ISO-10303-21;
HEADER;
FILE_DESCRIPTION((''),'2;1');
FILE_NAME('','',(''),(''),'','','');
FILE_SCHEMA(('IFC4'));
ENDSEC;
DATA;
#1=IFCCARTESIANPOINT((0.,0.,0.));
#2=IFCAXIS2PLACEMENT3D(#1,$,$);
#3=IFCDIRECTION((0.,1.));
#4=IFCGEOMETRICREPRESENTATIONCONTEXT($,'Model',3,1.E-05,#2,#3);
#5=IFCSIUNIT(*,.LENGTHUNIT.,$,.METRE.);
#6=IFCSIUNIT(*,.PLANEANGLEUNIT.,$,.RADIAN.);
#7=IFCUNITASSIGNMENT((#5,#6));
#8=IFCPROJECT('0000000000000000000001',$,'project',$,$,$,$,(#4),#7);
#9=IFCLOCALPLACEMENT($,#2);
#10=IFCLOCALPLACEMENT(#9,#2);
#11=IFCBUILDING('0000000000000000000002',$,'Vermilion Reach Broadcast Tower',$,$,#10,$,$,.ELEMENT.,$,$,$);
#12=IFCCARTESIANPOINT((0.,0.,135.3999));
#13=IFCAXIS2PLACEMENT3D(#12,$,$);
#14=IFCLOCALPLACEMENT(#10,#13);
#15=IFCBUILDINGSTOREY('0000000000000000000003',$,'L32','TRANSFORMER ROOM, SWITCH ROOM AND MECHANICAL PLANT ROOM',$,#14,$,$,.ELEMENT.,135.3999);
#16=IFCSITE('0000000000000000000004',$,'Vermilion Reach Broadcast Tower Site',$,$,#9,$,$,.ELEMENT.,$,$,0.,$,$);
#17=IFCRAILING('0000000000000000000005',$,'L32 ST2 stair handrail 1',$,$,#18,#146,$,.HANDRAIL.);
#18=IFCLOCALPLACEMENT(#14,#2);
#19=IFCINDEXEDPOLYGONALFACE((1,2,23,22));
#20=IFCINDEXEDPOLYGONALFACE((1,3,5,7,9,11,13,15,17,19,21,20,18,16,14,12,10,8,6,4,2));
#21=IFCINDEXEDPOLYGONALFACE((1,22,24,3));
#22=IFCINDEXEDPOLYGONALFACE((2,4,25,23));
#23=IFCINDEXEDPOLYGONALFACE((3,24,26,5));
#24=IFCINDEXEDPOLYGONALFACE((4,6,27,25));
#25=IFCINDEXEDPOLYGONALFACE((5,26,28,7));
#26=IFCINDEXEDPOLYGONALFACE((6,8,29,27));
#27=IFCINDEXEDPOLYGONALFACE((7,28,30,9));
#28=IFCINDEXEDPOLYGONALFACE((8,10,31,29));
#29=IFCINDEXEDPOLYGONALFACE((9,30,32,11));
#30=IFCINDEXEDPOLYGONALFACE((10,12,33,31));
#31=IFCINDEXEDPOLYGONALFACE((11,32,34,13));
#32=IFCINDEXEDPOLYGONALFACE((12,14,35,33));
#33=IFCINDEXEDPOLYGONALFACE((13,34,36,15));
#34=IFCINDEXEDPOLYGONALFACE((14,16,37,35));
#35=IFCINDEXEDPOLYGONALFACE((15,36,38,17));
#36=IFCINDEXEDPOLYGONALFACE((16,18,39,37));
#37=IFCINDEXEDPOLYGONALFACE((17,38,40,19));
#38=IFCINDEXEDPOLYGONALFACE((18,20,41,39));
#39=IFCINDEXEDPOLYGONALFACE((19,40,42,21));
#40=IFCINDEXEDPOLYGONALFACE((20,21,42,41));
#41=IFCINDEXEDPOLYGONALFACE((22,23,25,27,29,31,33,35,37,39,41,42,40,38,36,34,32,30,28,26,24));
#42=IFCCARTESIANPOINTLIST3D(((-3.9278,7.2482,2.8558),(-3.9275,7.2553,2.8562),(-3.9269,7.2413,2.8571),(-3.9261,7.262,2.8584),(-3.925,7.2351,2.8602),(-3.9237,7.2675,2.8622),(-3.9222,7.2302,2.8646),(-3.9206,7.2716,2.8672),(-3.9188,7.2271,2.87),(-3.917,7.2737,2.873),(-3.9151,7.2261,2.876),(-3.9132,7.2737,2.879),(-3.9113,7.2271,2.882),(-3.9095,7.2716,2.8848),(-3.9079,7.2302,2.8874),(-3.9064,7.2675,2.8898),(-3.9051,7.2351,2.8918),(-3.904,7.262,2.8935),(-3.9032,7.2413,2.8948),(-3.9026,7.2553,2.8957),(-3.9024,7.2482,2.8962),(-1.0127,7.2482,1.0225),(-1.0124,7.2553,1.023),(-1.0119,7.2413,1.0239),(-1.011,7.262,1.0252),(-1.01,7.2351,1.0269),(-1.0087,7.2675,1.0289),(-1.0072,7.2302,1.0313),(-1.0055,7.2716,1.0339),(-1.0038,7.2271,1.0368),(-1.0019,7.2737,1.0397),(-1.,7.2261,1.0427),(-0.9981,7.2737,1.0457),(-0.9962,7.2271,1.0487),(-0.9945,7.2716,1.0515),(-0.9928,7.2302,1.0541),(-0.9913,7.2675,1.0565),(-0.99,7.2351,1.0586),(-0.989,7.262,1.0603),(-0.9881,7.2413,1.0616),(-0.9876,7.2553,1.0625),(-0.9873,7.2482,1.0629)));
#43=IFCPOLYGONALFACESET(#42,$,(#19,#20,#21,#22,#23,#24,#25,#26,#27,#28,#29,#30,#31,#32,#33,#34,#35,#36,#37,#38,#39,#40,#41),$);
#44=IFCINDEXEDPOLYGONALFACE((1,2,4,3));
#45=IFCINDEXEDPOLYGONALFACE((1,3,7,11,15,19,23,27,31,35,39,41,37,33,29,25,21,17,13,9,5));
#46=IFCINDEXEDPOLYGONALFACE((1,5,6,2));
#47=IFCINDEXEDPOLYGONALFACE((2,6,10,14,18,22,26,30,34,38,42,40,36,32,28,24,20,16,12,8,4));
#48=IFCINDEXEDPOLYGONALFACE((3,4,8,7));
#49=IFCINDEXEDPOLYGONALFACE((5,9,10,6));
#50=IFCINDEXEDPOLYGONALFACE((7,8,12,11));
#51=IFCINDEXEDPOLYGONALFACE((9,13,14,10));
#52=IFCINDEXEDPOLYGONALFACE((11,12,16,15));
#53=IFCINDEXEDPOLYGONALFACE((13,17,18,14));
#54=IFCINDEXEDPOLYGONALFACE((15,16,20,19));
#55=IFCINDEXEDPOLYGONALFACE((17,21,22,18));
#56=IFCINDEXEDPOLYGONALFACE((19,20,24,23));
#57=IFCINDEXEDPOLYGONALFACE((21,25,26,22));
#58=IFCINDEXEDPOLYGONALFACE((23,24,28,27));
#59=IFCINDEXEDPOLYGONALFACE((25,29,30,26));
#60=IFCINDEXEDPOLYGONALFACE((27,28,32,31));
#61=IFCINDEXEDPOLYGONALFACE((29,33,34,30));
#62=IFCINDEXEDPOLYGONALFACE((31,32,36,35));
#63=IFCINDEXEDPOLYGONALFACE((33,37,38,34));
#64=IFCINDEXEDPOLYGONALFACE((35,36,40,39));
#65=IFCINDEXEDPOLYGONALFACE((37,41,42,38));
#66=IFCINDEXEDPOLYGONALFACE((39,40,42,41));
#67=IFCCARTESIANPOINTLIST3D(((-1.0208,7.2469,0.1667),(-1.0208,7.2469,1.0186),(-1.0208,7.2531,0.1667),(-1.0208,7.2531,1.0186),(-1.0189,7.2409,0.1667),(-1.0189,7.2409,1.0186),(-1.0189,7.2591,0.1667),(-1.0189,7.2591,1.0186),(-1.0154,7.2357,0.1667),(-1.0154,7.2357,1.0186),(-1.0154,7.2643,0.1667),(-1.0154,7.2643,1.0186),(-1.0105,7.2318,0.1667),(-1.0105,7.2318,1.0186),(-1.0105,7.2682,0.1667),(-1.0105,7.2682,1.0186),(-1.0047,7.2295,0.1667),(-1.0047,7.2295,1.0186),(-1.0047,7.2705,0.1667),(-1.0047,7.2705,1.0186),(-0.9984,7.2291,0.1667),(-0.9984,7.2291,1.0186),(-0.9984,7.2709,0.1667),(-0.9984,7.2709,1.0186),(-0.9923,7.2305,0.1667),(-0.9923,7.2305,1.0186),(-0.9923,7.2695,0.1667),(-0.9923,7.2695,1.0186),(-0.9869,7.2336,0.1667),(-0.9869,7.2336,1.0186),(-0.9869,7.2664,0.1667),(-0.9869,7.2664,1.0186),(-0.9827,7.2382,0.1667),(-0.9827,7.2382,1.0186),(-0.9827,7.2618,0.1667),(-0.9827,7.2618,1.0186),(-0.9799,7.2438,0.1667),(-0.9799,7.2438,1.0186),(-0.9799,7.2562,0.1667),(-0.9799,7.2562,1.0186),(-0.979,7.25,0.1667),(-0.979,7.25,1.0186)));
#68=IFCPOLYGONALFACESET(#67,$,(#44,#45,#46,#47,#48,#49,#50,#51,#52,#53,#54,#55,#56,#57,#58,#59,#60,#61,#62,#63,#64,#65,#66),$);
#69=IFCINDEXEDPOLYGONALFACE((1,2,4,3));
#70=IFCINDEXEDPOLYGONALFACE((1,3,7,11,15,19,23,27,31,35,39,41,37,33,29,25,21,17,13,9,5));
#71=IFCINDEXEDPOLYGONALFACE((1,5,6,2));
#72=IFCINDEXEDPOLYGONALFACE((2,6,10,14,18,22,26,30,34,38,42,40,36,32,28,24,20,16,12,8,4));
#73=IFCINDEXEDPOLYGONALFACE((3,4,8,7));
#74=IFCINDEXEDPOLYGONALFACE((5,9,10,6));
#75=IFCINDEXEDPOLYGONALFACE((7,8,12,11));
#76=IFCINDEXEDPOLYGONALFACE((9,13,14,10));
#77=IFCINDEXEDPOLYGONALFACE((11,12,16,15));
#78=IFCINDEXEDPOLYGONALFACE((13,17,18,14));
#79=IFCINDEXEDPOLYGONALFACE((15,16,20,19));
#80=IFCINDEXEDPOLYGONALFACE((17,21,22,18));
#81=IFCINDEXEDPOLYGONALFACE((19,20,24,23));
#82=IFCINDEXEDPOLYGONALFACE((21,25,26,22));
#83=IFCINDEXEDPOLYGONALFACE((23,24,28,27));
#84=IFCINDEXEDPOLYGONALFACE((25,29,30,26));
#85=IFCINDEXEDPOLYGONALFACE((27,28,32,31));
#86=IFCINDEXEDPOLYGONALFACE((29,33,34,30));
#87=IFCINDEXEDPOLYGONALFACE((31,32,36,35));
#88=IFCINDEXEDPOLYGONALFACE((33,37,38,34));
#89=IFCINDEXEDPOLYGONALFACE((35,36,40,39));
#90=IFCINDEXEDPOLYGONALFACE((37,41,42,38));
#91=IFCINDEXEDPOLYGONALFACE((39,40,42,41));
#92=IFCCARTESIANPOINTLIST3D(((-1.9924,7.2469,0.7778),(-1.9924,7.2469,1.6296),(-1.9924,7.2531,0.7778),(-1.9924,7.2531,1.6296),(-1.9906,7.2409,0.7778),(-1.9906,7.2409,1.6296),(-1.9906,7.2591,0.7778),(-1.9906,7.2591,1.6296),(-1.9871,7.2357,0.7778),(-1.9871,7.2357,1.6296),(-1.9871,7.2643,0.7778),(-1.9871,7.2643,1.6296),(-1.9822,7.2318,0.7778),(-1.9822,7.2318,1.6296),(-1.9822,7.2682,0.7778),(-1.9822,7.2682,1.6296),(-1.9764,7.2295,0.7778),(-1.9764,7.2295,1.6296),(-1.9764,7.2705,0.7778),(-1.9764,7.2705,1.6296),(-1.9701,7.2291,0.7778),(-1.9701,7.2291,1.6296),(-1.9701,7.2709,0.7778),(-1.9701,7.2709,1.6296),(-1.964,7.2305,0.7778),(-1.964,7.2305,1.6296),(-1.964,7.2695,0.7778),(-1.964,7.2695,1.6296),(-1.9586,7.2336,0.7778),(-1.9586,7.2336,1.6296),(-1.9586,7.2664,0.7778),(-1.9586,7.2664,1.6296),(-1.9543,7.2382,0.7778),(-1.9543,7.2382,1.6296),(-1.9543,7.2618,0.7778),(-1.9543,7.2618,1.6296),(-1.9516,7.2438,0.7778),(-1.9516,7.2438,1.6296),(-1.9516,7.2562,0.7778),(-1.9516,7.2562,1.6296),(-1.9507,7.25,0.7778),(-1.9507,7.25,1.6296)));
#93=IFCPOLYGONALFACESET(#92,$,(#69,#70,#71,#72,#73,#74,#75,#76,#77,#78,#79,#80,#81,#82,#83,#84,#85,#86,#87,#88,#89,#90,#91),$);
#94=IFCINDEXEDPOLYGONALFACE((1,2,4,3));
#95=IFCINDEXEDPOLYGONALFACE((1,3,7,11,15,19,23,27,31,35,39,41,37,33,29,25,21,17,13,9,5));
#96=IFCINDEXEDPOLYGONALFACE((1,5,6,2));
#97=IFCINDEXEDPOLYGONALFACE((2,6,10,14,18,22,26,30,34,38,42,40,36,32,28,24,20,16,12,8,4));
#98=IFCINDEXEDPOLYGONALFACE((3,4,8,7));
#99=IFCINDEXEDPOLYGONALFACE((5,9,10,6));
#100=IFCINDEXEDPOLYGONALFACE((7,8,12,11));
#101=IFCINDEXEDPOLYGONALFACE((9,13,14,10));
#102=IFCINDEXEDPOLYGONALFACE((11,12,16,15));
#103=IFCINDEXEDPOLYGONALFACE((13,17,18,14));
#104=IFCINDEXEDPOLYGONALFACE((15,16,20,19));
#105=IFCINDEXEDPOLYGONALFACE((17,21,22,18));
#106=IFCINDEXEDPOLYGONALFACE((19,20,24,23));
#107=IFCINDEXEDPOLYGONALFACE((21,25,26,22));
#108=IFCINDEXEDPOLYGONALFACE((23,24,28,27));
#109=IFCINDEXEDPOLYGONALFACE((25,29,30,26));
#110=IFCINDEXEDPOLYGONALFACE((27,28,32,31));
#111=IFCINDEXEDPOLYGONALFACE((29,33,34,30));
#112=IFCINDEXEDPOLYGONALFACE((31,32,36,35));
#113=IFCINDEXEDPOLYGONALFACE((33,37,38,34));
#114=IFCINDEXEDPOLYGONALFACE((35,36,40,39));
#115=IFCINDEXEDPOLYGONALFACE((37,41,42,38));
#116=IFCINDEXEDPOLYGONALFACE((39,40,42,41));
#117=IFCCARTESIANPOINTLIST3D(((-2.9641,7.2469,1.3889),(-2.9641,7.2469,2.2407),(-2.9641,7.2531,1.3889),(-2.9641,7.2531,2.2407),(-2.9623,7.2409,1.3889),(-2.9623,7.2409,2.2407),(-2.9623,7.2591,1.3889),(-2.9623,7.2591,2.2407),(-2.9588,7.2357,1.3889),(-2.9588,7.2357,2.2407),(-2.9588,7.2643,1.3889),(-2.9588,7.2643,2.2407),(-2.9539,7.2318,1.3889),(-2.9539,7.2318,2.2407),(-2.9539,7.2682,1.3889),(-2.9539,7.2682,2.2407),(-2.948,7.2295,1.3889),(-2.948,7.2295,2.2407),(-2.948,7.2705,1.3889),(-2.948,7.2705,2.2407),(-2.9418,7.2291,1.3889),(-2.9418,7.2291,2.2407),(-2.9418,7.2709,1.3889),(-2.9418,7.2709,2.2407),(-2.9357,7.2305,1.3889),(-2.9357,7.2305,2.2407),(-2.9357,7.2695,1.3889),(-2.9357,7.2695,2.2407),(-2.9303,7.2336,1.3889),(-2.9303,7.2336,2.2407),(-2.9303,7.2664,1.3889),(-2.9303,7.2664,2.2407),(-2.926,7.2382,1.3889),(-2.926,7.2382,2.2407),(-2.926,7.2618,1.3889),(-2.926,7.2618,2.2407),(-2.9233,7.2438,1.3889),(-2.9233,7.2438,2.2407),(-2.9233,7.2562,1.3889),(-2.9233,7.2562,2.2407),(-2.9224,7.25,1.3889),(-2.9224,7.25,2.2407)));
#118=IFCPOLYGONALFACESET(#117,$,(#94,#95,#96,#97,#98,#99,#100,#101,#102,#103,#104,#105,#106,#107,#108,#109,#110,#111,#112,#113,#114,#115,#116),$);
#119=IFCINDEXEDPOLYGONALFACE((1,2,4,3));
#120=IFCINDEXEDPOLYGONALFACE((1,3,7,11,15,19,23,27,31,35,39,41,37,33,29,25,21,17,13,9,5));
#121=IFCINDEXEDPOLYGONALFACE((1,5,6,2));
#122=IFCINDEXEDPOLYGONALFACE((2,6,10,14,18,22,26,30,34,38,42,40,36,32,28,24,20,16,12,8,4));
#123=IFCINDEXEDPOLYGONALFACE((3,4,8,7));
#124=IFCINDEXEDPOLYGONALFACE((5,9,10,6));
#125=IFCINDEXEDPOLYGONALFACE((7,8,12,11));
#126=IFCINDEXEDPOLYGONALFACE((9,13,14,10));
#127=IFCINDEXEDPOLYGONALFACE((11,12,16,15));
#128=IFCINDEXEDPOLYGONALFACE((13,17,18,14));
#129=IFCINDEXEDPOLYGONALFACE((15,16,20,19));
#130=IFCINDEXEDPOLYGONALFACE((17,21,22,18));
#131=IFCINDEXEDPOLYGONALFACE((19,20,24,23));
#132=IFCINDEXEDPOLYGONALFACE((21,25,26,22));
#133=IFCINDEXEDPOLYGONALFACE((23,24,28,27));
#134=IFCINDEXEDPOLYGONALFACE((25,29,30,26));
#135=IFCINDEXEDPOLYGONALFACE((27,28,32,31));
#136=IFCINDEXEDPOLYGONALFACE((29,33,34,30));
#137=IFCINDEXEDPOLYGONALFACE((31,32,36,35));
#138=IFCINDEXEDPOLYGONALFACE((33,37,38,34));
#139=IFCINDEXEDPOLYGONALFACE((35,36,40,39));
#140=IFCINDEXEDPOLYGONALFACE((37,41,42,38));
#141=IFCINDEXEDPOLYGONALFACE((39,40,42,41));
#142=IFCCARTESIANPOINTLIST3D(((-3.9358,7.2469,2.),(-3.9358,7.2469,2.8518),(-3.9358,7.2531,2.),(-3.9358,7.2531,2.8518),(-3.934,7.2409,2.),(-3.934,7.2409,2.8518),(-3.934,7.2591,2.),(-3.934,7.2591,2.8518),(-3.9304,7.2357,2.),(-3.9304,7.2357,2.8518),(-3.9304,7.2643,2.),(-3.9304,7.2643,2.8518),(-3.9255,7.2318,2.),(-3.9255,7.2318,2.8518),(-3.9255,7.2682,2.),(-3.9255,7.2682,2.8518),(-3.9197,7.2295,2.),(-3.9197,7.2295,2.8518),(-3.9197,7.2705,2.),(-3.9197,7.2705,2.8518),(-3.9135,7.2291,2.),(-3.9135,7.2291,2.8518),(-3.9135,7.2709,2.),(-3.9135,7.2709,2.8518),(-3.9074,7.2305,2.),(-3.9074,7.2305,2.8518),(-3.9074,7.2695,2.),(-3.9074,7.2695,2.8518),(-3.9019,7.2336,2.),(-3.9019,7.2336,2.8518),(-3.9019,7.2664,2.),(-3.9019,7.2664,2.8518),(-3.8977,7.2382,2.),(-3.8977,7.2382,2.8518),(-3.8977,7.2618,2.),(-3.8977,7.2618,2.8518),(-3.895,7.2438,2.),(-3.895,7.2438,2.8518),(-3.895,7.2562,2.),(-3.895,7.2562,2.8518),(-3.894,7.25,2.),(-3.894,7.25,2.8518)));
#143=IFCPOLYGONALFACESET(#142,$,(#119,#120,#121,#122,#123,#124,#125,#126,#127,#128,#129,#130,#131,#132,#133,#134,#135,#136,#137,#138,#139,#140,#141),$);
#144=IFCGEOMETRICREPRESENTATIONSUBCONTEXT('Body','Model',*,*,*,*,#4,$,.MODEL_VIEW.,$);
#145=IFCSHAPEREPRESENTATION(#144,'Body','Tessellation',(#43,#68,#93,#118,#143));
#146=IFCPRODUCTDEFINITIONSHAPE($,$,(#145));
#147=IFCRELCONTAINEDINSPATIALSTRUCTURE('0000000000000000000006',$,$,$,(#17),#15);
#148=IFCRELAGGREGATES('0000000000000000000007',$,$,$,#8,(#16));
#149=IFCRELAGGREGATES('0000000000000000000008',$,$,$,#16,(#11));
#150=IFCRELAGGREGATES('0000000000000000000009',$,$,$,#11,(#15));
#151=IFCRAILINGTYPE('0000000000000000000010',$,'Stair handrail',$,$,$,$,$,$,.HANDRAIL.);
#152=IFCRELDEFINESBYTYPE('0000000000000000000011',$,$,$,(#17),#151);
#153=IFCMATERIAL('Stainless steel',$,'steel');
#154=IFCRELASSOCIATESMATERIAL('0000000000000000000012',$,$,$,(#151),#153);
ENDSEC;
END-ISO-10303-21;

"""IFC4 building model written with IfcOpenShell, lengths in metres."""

from ifc_helpers import new_model, si_unit, direction, frame, origin, origin_2d, place, context, subcontext, project, spatial, circle, extrude, material, type_object, element, save


model = new_model("IFC4")

# Units and contexts
model_context = context("Model", 3, precision=1e-05, world=origin(), true_north=direction((0.0, 1.0)))
body_context = subcontext(model_context, "Body", "Model", "MODEL_VIEW")
ifc_project = project(units=[si_unit("LENGTHUNIT", "METRE"), si_unit("PLANEANGLEUNIT", "RADIAN")], contexts=[model_context])

# Site, building, storey
site_placement = place(None, origin())
site = spatial("IfcSite", under=ifc_project, at=site_placement, Name="Vermilion Reach Broadcast Tower Site", CompositionType="ELEMENT", RefElevation=0.0)
building_placement = place(site_placement, origin())
building = spatial("IfcBuilding", under=site, at=building_placement, Name="Vermilion Reach Broadcast Tower", CompositionType="ELEMENT")
storey_placement = place(building_placement, frame((0.0, 0.0, 135.3999)))
storey = spatial("IfcBuildingStorey", under=building, at=storey_placement, Name="L32", Description="TRANSFORMER ROOM, SWITCH ROOM AND MECHANICAL PLANT ROOM", CompositionType="ELEMENT", Elevation=135.3999)

# Railing
ifc_material_1 = material(Name="Stainless steel", Category="steel")
railing_type_1 = type_object("IfcRailingType", Name="Stair handrail", PredefinedType="HANDRAIL", material=ifc_material_1)
railing_1_placement = place(storey_placement, frame((-1.0, 7.25, 0.1667)))
element("IfcRailing", 1, at=railing_1_placement, inside=storey, type_object=railing_type_1, Name="L32 ST2 stair handrail 1", PredefinedType="HANDRAIL", context=body_context, shape_type="SweptSolid", body=[
    extrude(circle(Radius=0.0239, at=origin_2d()), frame((0.0, 0.0, 0.876), z_axis=(-0.846513, 0.0, 0.532368), x_axis=(0.0, -1.0, 0.0)), (0.0, 0.0, 1.0), 3.4436),
    extrude(circle(Radius=0.021, at=origin_2d()), origin(), (0.0, 0.0, 1.0), 0.8518),
    extrude(circle(Radius=0.021, at=origin_2d()), frame((-0.9717, 0.0, 0.6111)), (0.0, 0.0, 1.0), 0.8518),
    extrude(circle(Radius=0.021, at=origin_2d()), frame((-1.9434, 0.0, 1.2222)), (0.0, 0.0, 1.0), 0.8518),
    extrude(circle(Radius=0.021, at=origin_2d()), frame((-2.915, 0.0, 1.8333)), (0.0, 0.0, 1.0), 0.8518),
])

save(model, "model.ifc")
